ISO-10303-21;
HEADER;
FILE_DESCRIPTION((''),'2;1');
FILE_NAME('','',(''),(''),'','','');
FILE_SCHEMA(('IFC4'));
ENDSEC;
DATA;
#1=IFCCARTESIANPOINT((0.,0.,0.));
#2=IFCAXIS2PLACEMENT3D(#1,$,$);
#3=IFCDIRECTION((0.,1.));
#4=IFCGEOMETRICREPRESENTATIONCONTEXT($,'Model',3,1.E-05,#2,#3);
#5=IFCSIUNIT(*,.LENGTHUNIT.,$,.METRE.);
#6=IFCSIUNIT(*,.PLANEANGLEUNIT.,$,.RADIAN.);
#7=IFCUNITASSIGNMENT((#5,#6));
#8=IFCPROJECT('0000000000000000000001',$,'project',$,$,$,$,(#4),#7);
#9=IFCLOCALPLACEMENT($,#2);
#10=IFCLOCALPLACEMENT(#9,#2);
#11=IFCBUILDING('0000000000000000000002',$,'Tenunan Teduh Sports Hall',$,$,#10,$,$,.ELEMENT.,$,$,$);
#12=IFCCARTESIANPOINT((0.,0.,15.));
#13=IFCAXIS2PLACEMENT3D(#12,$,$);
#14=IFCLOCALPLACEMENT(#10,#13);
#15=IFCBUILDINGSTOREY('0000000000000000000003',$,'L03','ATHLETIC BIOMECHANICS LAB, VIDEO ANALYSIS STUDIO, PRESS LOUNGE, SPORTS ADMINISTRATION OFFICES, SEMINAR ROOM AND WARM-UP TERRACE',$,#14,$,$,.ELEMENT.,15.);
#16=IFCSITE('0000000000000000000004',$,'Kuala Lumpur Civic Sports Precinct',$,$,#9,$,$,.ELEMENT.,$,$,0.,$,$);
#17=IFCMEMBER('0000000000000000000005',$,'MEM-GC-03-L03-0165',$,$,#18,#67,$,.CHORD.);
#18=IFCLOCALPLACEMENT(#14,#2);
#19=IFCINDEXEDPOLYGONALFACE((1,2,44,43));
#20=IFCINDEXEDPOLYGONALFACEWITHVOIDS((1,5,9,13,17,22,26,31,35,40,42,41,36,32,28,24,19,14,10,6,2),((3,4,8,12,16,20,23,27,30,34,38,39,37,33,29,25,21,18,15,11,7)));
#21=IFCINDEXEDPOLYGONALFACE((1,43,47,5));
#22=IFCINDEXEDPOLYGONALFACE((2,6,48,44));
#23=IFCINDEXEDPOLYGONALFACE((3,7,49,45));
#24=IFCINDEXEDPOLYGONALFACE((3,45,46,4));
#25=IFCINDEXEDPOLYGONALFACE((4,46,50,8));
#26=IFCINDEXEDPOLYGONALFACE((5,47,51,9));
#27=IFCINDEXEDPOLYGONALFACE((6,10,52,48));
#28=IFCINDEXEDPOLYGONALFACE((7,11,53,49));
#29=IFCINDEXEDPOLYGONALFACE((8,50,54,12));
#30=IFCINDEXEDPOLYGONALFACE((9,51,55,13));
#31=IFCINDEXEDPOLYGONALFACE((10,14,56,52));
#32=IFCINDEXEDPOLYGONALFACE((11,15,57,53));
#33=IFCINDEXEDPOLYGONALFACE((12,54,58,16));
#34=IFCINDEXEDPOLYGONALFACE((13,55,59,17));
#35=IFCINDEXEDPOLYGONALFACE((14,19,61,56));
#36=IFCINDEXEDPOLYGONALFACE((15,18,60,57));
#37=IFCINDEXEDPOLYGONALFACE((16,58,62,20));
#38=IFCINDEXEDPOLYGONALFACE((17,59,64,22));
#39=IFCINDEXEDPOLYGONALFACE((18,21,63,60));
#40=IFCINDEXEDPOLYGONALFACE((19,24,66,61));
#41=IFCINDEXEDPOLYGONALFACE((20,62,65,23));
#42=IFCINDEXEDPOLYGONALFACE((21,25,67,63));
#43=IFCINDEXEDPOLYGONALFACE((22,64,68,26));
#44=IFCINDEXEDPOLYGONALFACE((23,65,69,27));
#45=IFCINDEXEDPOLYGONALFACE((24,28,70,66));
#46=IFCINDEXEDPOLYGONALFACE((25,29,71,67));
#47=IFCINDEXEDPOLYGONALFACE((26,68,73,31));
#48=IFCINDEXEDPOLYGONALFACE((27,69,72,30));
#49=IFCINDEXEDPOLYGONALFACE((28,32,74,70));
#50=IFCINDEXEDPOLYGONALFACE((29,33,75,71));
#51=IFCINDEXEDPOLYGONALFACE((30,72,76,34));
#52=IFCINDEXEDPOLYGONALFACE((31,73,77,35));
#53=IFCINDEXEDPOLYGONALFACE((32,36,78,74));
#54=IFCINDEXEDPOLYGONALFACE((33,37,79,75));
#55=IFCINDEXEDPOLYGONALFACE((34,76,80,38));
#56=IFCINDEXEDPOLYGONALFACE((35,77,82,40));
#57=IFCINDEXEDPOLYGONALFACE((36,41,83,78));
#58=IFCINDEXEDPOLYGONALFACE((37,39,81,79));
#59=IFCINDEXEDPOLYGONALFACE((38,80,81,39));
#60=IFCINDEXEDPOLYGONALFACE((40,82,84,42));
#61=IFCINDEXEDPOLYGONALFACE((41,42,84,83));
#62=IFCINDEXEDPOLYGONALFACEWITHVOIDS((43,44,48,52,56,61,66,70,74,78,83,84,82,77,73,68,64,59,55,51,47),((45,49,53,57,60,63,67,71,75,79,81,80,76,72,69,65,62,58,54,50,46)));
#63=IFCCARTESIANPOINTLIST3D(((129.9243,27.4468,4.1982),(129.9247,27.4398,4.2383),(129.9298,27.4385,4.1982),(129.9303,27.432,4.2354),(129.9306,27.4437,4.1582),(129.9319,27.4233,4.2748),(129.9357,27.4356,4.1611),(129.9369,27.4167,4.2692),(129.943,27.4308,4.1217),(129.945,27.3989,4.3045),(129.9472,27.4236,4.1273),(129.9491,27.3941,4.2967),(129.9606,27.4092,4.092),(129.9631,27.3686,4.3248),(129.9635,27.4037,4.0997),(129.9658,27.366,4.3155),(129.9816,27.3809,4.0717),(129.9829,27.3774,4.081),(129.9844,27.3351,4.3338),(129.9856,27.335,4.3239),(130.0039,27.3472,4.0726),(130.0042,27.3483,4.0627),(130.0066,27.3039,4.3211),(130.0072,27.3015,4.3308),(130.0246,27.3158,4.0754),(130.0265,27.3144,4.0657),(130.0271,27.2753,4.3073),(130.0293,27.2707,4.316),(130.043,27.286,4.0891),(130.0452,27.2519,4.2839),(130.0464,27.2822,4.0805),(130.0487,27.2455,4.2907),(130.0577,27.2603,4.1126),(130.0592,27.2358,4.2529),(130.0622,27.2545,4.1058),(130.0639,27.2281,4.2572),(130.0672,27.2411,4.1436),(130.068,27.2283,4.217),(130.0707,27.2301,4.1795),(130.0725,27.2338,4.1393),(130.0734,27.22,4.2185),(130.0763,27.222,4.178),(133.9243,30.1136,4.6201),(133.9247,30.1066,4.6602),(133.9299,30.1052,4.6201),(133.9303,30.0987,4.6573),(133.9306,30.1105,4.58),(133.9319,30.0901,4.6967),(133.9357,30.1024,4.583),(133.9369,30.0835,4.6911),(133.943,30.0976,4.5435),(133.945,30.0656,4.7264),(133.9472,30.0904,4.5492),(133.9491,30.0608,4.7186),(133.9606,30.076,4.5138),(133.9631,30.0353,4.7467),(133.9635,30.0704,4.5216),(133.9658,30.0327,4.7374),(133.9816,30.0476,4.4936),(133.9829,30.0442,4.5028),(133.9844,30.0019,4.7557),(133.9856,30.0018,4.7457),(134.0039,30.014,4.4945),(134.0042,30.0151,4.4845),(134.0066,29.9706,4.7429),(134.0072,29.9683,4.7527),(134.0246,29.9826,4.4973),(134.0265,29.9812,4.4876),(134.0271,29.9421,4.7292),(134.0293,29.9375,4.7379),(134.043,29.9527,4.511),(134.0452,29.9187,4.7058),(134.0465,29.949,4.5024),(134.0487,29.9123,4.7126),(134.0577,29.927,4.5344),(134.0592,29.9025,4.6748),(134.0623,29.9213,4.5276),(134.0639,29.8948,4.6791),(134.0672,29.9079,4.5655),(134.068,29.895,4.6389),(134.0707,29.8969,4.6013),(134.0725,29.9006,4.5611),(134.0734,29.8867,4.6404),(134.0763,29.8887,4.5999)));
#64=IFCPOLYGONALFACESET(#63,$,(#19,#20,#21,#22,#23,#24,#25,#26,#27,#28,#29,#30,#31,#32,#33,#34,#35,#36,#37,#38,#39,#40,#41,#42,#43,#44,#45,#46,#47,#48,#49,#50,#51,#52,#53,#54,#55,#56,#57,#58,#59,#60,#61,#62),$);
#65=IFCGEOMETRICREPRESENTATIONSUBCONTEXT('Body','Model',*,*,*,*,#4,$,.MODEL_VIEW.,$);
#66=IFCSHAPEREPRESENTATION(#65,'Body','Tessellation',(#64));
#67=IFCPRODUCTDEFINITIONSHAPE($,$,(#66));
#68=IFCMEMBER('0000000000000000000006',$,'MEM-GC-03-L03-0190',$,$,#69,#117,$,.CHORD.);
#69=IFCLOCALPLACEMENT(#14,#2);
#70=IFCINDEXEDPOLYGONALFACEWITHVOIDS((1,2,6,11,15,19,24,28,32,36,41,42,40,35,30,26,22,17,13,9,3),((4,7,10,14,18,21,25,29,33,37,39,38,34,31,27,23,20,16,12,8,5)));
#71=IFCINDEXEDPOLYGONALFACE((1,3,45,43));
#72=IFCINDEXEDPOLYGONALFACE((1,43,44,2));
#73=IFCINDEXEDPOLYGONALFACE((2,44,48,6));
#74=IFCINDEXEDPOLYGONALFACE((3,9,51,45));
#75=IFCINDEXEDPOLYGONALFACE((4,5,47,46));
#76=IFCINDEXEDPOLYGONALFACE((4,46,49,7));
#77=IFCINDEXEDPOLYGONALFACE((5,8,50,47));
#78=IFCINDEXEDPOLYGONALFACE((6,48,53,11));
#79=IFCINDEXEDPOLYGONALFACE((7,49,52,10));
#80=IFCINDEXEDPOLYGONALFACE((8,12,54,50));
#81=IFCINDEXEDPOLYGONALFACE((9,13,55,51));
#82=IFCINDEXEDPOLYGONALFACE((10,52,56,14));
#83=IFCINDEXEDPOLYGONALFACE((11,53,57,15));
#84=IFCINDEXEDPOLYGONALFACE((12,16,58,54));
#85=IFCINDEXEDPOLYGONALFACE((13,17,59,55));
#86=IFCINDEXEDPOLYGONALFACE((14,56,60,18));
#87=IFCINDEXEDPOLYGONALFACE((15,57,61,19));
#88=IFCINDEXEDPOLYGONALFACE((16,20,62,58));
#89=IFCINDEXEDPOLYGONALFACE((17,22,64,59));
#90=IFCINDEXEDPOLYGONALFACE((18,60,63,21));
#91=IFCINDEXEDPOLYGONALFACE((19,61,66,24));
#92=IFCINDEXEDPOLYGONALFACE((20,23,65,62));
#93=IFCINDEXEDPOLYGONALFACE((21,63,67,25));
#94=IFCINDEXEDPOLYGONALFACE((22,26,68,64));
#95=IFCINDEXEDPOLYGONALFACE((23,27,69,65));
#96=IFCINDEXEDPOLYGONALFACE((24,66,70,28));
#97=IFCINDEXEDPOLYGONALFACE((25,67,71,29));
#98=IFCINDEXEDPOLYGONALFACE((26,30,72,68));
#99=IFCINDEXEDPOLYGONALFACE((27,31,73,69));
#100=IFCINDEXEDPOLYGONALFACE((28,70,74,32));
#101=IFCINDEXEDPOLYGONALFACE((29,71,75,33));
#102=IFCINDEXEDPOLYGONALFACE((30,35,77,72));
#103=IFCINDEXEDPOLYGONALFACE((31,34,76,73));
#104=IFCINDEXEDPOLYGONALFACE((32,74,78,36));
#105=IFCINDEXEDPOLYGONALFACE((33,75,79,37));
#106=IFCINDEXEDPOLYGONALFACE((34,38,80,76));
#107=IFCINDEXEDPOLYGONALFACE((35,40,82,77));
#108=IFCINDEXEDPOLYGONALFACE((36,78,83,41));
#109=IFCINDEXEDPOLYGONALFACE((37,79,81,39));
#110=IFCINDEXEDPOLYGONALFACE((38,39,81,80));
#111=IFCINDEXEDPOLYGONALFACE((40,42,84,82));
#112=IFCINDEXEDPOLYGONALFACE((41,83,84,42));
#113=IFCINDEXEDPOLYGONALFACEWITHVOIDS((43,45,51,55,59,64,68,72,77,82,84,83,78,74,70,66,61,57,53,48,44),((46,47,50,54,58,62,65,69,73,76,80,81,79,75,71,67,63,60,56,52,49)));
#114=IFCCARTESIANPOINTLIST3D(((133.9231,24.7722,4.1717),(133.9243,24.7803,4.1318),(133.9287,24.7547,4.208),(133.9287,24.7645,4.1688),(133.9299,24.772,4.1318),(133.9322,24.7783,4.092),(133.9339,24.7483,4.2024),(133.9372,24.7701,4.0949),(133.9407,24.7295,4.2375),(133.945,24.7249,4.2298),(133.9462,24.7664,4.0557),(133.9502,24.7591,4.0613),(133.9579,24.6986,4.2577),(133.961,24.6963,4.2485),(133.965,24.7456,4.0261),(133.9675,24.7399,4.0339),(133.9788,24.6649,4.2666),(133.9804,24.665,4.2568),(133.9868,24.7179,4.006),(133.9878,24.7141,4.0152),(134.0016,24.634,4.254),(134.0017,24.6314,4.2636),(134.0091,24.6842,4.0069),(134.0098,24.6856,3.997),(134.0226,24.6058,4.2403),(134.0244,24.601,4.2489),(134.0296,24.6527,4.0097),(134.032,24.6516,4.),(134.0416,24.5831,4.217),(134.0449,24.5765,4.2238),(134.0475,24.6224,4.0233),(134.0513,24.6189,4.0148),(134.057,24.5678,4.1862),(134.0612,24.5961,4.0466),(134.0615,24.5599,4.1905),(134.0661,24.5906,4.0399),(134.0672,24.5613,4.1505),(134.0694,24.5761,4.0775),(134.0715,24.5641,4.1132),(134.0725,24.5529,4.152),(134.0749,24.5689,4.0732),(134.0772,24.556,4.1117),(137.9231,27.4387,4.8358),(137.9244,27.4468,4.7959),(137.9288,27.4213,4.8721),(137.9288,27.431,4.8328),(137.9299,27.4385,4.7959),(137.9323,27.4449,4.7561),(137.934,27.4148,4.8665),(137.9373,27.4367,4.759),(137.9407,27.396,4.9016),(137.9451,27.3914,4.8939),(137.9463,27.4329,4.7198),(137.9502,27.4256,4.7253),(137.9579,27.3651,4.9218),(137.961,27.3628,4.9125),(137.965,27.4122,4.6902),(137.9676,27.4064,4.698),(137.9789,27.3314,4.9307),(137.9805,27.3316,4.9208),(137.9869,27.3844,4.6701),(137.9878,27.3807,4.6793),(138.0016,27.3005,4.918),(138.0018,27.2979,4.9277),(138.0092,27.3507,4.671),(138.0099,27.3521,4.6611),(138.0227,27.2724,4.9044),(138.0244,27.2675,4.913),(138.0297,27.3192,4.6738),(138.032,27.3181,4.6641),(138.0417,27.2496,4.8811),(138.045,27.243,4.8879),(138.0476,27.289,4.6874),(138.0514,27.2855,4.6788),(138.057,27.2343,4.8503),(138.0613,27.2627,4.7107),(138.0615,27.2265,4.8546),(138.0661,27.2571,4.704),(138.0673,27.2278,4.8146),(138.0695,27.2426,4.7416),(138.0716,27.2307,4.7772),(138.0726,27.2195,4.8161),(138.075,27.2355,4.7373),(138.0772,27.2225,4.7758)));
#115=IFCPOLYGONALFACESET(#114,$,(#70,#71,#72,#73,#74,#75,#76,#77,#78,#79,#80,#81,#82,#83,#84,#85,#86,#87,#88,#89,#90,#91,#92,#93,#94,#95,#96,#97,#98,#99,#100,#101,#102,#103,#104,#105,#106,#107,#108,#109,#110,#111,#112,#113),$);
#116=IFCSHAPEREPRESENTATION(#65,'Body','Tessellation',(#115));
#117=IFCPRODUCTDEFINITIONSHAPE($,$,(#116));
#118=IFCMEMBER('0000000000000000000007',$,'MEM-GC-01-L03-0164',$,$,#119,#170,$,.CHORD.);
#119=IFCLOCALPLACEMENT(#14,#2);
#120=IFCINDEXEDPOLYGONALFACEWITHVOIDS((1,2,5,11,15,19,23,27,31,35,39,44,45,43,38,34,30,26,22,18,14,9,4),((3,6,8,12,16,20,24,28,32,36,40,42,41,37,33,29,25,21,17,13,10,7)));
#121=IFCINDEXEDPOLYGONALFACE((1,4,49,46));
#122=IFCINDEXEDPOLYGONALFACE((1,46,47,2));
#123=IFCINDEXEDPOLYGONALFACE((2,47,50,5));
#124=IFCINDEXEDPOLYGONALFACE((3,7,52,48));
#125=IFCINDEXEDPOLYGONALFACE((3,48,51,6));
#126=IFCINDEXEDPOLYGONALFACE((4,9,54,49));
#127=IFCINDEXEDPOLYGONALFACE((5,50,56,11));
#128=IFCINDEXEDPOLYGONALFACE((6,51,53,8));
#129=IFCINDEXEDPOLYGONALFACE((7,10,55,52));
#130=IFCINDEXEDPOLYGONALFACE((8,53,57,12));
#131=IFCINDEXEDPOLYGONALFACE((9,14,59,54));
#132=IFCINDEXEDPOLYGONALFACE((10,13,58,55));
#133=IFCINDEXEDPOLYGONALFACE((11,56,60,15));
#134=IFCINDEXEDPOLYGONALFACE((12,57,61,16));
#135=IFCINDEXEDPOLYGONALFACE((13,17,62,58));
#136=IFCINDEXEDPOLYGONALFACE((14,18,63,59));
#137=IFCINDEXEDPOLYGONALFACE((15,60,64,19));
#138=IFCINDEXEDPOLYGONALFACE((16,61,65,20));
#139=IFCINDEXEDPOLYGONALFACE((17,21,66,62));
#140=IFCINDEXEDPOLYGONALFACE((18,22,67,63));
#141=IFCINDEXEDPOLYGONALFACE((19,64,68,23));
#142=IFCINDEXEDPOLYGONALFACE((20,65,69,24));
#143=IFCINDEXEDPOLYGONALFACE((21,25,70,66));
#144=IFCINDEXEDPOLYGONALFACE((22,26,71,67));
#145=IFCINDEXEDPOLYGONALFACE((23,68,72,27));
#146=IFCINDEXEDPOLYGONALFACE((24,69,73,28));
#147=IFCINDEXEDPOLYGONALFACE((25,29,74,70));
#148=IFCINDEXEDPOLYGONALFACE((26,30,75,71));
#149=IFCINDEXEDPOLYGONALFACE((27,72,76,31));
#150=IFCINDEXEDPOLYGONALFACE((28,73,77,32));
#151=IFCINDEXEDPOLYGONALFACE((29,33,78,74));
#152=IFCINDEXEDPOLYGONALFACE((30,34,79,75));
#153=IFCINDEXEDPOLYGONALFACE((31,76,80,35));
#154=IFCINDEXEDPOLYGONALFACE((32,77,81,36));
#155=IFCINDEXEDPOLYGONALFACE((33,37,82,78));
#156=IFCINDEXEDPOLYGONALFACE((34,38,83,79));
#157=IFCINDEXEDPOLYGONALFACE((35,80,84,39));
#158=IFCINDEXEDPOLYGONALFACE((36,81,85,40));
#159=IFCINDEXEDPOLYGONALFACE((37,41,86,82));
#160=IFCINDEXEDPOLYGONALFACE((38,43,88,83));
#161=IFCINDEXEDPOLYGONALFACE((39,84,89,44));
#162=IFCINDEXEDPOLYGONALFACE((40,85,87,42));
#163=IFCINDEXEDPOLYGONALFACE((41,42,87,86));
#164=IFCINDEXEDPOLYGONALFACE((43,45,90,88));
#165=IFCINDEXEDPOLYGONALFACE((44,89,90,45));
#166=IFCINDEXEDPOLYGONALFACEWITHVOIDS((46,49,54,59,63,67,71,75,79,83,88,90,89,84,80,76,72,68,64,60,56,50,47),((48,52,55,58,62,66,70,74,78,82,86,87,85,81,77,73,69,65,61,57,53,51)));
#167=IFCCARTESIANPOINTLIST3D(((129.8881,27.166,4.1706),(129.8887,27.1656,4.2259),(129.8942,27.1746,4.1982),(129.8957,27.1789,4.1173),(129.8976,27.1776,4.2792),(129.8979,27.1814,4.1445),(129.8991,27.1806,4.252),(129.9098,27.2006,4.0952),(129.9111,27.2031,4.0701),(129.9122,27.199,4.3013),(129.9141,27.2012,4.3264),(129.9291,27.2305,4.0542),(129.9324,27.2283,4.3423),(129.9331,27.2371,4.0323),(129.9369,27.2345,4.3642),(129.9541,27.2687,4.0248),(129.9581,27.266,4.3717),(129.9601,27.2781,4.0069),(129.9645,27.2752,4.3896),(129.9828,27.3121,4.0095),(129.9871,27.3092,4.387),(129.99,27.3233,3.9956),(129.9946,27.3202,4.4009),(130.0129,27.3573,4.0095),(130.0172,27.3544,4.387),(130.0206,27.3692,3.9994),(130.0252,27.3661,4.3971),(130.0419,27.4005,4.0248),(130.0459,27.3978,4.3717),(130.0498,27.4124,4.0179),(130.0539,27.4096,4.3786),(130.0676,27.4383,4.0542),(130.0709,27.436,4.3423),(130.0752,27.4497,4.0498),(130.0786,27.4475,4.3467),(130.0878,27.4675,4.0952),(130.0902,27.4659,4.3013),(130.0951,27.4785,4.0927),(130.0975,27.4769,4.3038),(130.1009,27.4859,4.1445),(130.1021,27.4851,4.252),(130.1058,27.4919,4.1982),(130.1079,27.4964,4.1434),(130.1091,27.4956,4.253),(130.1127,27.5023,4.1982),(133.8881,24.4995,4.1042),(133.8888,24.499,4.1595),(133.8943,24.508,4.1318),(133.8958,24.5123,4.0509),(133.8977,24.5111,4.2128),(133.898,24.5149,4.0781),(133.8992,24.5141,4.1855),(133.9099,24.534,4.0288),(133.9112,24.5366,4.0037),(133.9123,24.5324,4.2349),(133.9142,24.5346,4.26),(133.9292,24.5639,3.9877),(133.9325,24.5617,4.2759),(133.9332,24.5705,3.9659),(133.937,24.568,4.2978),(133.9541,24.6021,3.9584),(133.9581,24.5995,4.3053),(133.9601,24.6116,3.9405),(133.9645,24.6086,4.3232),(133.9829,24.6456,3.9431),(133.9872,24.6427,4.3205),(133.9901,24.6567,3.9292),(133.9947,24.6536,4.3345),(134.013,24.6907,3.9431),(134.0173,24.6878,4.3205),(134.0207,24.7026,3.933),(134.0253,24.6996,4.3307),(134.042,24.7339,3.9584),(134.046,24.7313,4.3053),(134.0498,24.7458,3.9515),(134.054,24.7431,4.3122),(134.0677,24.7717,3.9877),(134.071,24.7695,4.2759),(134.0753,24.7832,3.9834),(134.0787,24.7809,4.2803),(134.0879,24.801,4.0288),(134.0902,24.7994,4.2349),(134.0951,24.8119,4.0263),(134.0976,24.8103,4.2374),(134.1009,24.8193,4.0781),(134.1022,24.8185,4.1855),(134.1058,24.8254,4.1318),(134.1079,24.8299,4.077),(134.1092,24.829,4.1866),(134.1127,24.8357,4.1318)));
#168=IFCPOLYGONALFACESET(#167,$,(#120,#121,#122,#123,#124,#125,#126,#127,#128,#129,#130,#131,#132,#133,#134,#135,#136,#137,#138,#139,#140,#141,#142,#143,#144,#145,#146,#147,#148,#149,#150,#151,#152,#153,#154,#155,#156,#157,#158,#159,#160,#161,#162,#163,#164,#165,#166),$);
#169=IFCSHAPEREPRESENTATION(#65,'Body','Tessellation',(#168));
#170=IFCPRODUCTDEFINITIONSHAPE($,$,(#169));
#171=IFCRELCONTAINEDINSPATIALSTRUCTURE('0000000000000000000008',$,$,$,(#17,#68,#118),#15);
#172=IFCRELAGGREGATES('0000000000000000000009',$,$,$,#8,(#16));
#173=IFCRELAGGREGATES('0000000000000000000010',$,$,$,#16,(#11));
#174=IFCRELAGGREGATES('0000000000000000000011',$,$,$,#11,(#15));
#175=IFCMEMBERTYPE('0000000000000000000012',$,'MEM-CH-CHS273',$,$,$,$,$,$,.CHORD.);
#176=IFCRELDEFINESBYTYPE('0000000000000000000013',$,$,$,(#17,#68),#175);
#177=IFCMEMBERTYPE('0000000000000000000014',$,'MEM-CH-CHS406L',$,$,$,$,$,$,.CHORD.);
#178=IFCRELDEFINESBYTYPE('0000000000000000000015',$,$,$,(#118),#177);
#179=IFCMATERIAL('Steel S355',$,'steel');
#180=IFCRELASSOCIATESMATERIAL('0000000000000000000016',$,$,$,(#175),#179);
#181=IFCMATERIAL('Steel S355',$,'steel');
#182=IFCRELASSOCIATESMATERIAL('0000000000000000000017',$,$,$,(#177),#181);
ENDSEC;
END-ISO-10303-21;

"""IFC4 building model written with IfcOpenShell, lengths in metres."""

from ifc_helpers import new_model, si_unit, direction, frame, origin, origin_2d, place, context, subcontext, project, spatial, hollow_circle, extrude, material, material_profile, profile_set, type_object, element, save


model = new_model("IFC4")

# Units and contexts
model_context = context("Model", 3, precision=1e-05, world=origin(), true_north=direction((0.0, 1.0)))
body_context = subcontext(model_context, "Body", "Model", "MODEL_VIEW")
ifc_project = project(units=[si_unit("LENGTHUNIT", "METRE"), si_unit("PLANEANGLEUNIT", "RADIAN")], contexts=[model_context])

# Site, building, storey
site_placement = place(None, origin())
site = spatial("IfcSite", under=ifc_project, at=site_placement, Name="Kuala Lumpur Civic Sports Precinct", CompositionType="ELEMENT", RefElevation=0.0)
building_placement = place(site_placement, origin())
building = spatial("IfcBuilding", under=site, at=building_placement, Name="Tenunan Teduh Sports Hall", CompositionType="ELEMENT")
storey_placement = place(building_placement, frame((0.0, 0.0, 15.0)))
storey = spatial("IfcBuildingStorey", under=building, at=storey_placement, Name="L03", Description="ATHLETIC BIOMECHANICS LAB, VIDEO ANALYSIS STUDIO, PRESS LOUNGE, SPORTS ADMINISTRATION OFFICES, SEMINAR ROOM AND WARM-UP TERRACE", CompositionType="ELEMENT", Elevation=15.0)

# Members
ifc_material_1 = material(Name="Steel S355", Category="steel")
ifc_material_profile_1 = material_profile(ifc_material_1, hollow_circle(Radius=0.1365, WallThickness=0.01, at=origin_2d()), Name="CHS 273.0x10.0")
ifc_profile_set_1 = profile_set([ifc_material_profile_1], Name="Steel S355")
member_type_1 = type_object("IfcMemberType", Name="MEM-CH-CHS273", PredefinedType="CHORD", material=ifc_profile_set_1)
member_1_placement = place(storey_placement, frame((130.0, 27.3333, 4.1982), z_axis=(0.828857, 0.552588, 0.087419), x_axis=(-0.554712, 0.832042, 0.0)))
element("IfcMember", 1, at=member_1_placement, inside=storey, type_object=member_type_1, Name="MEM-GC-03-L03-0165", PredefinedType="CHORD", context=body_context, shape_type="SweptSolid", body=[
    extrude(hollow_circle(Radius=0.1365, WallThickness=0.01, at=origin_2d()), origin(), (0.0, 0.0, 1.0), 4.8259),
])
member_2_placement = place(storey_placement, frame((134.0, 24.6667, 4.1318), z_axis=(0.824239, 0.549459, 0.136837), x_axis=(-0.554677, 0.832066, 0.0)))
element("IfcMember", 2, at=member_2_placement, inside=storey, type_object=member_type_1, Name="MEM-GC-03-L03-0190", PredefinedType="CHORD", context=body_context, shape_type="SweptSolid", body=[
    extrude(hollow_circle(Radius=0.1365, WallThickness=0.01, at=origin_2d()), origin(), (0.0, 0.0, 1.0), 4.853),
])
ifc_material_2 = material(Name="Steel S355", Category="steel")
ifc_material_profile_2 = material_profile(ifc_material_2, hollow_circle(Radius=0.2031, WallThickness=0.0125, at=origin_2d()), Name="CHS 406.4x12.5")
ifc_profile_set_2 = profile_set([ifc_material_profile_2], Name="Steel S355")
member_type_2 = type_object("IfcMemberType", Name="MEM-CH-CHS406L", PredefinedType="CHORD", material=ifc_profile_set_2)
member_3_placement = place(storey_placement, frame((130.0, 27.3333, 4.1982), z_axis=(0.831987, -0.554624, -0.013812), x_axis=(0.554677, 0.832066, 0.0)))
element("IfcMember", 3, at=member_3_placement, inside=storey, type_object=member_type_2, Name="MEM-GC-01-L03-0164", PredefinedType="CHORD", context=body_context, shape_type="SweptSolid", body=[
    extrude(hollow_circle(Radius=0.2031, WallThickness=0.0125, at=origin_2d()), origin(), (0.0, 0.0, 1.0), 4.8079),
])

save(model, "model.ifc")
